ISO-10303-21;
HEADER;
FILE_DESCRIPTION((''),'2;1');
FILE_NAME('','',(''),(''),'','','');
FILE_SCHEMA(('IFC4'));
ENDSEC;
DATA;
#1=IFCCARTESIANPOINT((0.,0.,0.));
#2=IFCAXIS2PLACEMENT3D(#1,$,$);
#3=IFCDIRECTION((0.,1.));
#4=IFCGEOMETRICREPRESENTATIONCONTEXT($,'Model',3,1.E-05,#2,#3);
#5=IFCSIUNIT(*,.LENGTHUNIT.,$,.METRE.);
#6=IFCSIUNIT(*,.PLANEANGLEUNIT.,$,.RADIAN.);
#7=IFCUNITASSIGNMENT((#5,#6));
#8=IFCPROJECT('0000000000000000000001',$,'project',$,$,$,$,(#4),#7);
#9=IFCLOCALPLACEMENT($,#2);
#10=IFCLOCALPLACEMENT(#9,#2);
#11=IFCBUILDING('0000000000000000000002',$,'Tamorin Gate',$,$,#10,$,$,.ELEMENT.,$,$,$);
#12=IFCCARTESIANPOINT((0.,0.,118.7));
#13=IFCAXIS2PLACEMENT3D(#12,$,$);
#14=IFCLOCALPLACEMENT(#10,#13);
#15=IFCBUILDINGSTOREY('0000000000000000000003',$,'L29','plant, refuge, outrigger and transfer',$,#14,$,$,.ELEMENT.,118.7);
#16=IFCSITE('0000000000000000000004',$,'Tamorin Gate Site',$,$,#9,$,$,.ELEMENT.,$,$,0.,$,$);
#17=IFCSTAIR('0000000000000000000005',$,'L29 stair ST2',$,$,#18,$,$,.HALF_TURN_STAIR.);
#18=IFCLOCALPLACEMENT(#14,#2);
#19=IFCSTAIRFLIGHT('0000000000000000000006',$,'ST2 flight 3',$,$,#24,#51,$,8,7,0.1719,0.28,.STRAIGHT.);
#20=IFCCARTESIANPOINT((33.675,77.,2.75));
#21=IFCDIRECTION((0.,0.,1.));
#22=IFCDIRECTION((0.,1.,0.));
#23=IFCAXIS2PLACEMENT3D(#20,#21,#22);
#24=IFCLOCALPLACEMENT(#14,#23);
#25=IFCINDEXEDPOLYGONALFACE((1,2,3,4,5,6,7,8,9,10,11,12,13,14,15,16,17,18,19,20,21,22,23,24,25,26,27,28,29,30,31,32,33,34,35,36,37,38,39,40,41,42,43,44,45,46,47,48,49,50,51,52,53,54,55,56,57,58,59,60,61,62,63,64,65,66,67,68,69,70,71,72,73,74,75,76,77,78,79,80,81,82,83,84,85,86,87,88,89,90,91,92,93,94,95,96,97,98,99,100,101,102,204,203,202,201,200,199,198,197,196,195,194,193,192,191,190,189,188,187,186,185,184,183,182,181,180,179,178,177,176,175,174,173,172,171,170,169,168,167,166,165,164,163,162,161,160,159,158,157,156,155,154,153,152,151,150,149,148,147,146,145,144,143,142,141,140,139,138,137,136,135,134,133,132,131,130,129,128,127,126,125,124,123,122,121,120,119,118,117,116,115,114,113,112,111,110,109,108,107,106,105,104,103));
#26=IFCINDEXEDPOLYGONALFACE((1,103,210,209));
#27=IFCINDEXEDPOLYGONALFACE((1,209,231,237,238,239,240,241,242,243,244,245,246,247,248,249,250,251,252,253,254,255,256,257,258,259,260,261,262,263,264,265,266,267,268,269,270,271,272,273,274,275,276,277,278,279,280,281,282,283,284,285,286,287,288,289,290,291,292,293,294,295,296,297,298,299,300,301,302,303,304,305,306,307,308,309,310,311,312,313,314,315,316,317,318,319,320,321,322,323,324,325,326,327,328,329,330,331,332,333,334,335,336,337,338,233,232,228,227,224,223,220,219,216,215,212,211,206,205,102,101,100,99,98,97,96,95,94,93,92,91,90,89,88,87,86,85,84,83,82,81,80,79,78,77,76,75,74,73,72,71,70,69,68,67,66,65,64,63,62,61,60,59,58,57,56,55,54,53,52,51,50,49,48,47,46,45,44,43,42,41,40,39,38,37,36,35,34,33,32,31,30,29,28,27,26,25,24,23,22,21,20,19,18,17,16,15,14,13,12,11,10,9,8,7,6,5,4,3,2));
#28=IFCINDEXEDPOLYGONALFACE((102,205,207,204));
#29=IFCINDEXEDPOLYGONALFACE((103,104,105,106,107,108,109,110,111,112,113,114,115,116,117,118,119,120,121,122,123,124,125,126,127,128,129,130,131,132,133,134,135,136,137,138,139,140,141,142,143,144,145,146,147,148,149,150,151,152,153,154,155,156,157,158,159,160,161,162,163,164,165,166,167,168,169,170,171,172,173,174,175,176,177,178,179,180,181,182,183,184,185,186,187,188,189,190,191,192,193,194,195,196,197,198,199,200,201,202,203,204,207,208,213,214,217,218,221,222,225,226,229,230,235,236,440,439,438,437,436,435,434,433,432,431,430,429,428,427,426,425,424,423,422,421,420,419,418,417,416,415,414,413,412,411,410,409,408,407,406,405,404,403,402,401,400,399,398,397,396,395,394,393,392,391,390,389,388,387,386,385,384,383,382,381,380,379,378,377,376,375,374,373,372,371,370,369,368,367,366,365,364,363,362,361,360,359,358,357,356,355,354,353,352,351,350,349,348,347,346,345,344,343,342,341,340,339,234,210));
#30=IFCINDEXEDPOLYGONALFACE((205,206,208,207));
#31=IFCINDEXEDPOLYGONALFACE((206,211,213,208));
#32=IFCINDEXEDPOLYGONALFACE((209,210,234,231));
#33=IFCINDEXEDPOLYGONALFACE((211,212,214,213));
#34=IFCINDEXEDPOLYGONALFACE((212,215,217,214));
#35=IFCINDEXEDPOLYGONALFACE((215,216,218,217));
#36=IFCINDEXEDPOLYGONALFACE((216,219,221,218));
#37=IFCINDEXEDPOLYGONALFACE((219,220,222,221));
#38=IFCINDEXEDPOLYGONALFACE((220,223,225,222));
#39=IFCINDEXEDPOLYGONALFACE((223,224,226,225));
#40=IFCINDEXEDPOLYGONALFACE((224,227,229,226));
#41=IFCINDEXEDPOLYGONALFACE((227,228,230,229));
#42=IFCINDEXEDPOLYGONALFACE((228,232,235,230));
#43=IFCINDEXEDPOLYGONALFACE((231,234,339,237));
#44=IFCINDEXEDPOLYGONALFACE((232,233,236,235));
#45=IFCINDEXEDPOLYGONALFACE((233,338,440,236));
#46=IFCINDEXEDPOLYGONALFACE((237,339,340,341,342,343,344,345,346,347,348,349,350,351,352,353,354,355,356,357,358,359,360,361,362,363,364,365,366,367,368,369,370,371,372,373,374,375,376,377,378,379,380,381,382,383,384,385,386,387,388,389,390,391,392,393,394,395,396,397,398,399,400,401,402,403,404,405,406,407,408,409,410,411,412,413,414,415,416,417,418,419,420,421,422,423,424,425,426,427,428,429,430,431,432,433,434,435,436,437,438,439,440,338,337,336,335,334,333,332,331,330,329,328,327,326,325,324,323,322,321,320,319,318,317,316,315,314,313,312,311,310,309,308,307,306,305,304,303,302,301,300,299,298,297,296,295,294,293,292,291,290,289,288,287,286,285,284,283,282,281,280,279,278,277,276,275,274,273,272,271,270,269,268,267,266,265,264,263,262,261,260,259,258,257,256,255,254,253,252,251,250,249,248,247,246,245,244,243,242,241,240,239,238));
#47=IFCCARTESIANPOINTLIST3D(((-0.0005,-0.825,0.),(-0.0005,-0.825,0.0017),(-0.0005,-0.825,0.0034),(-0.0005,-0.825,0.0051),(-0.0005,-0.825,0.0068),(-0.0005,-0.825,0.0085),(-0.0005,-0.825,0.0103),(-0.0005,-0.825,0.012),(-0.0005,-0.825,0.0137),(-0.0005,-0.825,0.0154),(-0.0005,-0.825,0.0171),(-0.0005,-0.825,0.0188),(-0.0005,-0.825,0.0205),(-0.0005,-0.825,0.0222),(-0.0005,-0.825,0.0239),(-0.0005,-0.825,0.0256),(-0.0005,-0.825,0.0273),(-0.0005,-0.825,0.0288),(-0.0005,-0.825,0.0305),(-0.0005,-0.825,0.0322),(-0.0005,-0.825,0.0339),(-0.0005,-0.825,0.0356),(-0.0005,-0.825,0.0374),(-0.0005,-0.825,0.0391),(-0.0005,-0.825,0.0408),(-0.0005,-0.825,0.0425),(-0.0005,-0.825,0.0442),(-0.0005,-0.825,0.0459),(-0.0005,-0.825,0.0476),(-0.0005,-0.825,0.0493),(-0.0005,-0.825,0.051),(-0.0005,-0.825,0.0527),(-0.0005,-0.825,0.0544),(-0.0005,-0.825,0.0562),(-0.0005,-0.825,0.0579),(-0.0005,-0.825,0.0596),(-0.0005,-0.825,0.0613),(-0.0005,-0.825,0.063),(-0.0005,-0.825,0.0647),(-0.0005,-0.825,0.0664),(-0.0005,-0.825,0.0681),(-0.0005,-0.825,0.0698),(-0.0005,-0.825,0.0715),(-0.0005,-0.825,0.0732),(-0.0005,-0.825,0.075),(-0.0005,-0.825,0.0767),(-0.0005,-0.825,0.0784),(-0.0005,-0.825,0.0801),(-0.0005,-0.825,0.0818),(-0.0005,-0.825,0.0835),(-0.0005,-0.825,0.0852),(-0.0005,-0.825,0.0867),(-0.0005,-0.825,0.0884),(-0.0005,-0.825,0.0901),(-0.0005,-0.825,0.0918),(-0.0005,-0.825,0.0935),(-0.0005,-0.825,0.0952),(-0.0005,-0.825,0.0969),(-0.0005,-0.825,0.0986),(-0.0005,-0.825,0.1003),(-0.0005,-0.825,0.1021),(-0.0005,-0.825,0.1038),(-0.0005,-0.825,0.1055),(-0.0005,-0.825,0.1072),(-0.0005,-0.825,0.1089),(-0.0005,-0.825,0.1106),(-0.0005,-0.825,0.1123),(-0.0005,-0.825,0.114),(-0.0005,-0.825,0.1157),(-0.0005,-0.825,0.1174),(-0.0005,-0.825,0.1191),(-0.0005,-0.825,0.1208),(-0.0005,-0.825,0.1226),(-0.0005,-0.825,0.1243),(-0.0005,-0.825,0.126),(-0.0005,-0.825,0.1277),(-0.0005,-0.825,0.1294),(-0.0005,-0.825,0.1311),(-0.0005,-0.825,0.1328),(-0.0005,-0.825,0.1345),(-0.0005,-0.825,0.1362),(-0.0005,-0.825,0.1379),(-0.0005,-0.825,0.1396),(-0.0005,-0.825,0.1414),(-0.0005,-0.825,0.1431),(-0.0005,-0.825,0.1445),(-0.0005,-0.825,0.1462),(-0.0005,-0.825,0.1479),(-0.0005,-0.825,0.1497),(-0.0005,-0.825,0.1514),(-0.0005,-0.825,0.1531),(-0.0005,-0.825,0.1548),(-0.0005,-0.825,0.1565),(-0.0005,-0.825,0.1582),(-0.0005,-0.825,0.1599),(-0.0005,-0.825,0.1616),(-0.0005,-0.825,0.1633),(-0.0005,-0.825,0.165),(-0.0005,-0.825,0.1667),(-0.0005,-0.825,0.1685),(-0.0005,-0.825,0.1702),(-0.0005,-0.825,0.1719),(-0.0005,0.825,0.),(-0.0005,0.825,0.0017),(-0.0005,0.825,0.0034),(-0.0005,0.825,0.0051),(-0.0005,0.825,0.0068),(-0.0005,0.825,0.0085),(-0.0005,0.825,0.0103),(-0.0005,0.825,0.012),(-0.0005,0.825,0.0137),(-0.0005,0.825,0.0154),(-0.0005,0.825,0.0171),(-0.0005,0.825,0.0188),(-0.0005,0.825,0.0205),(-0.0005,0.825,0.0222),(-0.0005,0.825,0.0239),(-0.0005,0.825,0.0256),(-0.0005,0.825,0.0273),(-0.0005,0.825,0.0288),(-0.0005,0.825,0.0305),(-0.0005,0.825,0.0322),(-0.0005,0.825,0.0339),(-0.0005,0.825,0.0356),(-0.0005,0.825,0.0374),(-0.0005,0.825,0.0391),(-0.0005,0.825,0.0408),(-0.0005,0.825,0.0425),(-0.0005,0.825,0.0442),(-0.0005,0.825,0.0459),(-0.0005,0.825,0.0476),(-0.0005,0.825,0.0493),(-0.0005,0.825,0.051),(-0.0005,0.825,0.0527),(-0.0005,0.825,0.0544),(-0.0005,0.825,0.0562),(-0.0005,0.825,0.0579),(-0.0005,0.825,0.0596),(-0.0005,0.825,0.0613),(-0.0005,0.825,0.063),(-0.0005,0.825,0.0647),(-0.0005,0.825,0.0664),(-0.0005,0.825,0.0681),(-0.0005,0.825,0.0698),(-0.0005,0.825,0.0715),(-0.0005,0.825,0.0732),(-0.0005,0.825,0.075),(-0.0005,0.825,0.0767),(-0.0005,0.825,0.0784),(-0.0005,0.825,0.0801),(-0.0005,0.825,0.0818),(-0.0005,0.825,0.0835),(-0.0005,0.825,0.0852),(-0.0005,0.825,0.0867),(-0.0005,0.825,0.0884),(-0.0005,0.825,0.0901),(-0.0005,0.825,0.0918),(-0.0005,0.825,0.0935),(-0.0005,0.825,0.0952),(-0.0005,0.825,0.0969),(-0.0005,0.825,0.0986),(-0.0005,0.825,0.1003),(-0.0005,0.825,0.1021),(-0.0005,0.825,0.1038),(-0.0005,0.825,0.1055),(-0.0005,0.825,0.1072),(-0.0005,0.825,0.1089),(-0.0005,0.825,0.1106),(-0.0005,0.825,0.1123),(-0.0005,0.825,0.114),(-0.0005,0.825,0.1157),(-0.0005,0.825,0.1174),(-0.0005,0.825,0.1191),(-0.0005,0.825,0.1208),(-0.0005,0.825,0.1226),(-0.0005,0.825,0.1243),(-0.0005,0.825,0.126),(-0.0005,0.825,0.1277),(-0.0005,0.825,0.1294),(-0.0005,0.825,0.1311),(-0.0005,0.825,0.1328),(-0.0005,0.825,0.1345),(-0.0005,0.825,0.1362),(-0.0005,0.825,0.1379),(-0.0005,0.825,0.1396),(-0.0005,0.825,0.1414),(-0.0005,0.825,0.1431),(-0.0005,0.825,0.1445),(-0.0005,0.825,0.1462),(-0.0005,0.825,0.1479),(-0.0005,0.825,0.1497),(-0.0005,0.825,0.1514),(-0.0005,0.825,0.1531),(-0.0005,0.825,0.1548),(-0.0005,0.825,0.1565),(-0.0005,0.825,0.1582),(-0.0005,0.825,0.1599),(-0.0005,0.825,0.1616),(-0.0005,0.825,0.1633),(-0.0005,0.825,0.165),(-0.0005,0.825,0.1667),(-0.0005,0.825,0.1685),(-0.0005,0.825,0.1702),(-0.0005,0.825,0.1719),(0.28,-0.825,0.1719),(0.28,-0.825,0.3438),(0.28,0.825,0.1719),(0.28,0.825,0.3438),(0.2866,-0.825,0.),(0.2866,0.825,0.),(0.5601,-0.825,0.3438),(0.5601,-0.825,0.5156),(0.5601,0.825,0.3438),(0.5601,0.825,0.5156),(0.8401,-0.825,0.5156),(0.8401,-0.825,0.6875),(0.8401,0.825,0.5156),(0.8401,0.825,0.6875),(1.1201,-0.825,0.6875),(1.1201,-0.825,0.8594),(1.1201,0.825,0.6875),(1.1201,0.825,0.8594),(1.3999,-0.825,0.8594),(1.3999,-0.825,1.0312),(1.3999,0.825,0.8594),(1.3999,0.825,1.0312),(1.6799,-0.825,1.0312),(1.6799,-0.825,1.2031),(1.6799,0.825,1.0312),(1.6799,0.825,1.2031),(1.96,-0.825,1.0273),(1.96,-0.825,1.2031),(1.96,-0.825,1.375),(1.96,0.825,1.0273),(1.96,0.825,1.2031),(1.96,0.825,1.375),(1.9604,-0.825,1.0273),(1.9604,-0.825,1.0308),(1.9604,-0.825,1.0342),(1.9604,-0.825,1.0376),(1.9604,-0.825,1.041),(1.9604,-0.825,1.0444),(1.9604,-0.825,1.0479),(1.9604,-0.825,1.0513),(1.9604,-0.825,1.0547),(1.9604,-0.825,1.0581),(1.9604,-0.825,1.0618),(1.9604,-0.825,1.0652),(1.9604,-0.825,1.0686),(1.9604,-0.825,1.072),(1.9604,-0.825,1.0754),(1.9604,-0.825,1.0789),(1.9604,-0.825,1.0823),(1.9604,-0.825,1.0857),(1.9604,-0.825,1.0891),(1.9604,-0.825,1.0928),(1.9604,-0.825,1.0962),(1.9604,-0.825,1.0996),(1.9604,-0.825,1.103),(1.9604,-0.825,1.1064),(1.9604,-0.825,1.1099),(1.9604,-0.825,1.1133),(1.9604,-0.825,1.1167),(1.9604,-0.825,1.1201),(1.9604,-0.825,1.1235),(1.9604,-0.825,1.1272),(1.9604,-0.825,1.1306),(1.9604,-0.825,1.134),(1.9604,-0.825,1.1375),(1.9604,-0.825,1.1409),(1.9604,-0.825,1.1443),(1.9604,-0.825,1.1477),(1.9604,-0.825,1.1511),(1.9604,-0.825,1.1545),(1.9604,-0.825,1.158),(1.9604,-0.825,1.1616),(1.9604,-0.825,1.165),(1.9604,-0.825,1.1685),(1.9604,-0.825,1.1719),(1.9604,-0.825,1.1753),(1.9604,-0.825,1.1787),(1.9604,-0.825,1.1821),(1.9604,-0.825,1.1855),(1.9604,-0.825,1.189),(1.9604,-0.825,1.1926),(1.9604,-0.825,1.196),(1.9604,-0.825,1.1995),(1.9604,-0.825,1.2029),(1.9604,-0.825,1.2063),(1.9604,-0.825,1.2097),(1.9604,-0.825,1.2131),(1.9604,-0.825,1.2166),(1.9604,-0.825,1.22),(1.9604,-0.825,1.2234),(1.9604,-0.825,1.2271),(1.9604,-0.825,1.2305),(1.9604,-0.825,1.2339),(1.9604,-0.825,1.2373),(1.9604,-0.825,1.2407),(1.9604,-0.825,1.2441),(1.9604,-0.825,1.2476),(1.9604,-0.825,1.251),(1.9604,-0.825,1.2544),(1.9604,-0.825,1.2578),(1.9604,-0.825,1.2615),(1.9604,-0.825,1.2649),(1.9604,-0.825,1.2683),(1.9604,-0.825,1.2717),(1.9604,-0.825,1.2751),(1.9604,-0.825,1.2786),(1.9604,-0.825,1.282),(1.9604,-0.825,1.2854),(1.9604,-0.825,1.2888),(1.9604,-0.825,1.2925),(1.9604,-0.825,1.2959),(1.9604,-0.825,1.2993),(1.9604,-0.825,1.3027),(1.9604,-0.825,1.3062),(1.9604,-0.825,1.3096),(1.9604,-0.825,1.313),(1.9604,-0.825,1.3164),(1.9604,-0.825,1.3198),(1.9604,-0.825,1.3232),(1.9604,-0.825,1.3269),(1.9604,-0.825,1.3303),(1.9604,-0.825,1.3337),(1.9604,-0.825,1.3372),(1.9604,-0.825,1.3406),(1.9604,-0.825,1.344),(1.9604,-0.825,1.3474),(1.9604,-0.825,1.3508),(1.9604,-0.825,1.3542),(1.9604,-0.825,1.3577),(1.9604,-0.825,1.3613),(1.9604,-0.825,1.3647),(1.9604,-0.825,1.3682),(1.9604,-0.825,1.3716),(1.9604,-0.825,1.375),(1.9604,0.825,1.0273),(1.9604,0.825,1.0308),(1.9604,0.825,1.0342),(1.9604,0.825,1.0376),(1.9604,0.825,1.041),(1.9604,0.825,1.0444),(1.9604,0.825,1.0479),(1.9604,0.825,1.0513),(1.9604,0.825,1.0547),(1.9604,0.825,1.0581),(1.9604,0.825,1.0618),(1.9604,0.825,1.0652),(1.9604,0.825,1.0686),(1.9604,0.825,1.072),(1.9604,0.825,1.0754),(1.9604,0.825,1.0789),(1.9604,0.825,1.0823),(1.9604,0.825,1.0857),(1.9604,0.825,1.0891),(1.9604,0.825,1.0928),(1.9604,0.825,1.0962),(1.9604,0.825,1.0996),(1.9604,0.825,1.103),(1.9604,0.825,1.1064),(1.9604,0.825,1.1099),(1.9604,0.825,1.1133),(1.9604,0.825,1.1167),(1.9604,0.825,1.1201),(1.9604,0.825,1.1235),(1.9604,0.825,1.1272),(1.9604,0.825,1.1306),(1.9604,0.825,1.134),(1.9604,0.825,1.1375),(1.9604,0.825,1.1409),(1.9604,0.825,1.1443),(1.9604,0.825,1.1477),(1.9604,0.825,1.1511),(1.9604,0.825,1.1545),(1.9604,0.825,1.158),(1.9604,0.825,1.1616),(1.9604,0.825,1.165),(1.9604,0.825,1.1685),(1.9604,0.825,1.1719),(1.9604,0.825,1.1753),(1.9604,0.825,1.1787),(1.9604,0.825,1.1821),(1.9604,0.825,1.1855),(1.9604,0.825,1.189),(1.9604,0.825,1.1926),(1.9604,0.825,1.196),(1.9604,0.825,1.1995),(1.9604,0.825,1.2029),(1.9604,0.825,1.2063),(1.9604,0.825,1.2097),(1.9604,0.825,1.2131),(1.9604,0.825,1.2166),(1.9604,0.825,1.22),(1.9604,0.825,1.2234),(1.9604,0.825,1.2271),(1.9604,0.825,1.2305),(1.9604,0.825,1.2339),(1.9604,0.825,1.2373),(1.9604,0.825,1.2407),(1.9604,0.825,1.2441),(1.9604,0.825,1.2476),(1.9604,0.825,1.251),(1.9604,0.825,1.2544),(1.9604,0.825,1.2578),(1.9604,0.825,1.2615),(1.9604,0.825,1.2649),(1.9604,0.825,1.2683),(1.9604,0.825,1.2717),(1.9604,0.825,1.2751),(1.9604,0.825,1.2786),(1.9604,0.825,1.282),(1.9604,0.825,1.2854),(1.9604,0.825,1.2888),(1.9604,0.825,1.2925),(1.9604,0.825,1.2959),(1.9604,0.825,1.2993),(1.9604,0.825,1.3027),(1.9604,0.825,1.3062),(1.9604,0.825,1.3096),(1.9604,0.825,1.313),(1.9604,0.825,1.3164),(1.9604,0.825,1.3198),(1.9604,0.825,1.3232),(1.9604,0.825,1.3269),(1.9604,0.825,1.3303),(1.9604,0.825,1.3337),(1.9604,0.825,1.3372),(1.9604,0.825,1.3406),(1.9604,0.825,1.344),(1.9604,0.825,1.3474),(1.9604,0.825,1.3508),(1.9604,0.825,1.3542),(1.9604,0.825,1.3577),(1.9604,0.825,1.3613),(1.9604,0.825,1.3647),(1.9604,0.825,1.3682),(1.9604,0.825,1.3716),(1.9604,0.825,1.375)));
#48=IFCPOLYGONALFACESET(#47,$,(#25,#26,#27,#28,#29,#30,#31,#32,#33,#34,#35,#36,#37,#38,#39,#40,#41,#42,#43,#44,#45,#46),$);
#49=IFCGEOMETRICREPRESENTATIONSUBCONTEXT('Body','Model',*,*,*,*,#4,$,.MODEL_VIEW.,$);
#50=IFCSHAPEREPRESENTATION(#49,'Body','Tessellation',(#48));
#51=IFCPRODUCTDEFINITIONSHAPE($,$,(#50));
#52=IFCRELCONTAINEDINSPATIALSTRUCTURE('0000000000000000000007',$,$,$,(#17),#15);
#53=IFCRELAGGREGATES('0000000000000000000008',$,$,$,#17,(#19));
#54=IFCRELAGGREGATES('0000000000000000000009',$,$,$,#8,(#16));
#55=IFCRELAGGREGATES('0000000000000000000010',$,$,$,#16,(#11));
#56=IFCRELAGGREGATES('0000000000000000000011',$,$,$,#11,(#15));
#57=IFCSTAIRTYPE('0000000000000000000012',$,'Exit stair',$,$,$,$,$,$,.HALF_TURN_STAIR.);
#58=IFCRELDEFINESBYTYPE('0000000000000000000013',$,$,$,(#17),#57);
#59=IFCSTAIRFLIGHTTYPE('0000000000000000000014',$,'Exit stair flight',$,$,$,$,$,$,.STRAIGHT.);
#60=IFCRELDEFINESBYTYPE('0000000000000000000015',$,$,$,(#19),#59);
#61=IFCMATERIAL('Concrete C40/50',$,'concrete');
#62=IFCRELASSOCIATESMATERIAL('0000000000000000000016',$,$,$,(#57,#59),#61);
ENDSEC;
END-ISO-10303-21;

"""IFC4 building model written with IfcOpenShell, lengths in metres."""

from ifc_helpers import new_model, si_unit, direction, frame, origin, place, context, subcontext, project, spatial, polyline, outline, extrude, material, type_object, element, aggregate, save


model = new_model("IFC4")

# Units and contexts
model_context = context("Model", 3, precision=1e-05, world=origin(), true_north=direction((0.0, 1.0)))
body_context = subcontext(model_context, "Body", "Model", "MODEL_VIEW")
ifc_project = project(units=[si_unit("LENGTHUNIT", "METRE"), si_unit("PLANEANGLEUNIT", "RADIAN")], contexts=[model_context])

# Site, building, storey
site_placement = place(None, origin())
site = spatial("IfcSite", under=ifc_project, at=site_placement, Name="Tamorin Gate Site", CompositionType="ELEMENT", RefElevation=0.0)
building_placement = place(site_placement, origin())
building = spatial("IfcBuilding", under=site, at=building_placement, Name="Tamorin Gate", CompositionType="ELEMENT")
storey_placement = place(building_placement, frame((0.0, 0.0, 118.7)))
storey = spatial("IfcBuildingStorey", under=building, at=storey_placement, Name="L29", Description="plant, refuge, outrigger and transfer", CompositionType="ELEMENT", Elevation=118.7)

# Shared definitions
ifc_material_1 = material(Name="Concrete C40/50", Category="concrete")

# Stair, stair flight
stair_type = type_object("IfcStairType", Name="Exit stair", PredefinedType="HALF_TURN_STAIR", material=ifc_material_1)
stair_placement = place(storey_placement, origin())
stair = element("IfcStair", 1, at=stair_placement, inside=storey, type_object=stair_type, Name="L29 stair ST2", PredefinedType="HALF_TURN_STAIR")
stair_flight_type = type_object("IfcStairFlightType", Name="Exit stair flight", PredefinedType="STRAIGHT", material=ifc_material_1)
stair_flight_1_placement = place(storey_placement, frame((33.675, 77.0, 2.75), z_axis=(0.0, 0.0, 1.0), x_axis=(0.0, 1.0, 0.0)))
stair_flight_1 = element("IfcStairFlight", 2, at=stair_flight_1_placement, type_object=stair_flight_type, Name="ST2 flight 3", NumberOfRisers=8, NumberOfTreads=7, PredefinedType="STRAIGHT", RiserHeight=0.1719, TreadLength=0.28, context=body_context, shape_type="SweptSolid", body=[
    extrude(outline(polyline([(-0.0005, 0.0), (-0.0005, 0.0017), (-0.0005, 0.0034), (-0.0005, 0.0051), (-0.0005, 0.0068), (-0.0005, 0.0085), (-0.0005, 0.0103), (-0.0005, 0.012), (-0.0005, 0.0137), (-0.0005, 0.0154), (-0.0005, 0.0171), (-0.0005, 0.0188), (-0.0005, 0.0205), (-0.0005, 0.0222), (-0.0005, 0.0239), (-0.0005, 0.0256), (-0.0005, 0.0273), (-0.0005, 0.0288), (-0.0005, 0.0305), (-0.0005, 0.0322), (-0.0005, 0.0339), (-0.0005, 0.0356), (-0.0005, 0.0374), (-0.0005, 0.0391), (-0.0005, 0.0408), (-0.0005, 0.0425), (-0.0005, 0.0442), (-0.0005, 0.0459), (-0.0005, 0.0476), (-0.0005, 0.0493), (-0.0005, 0.051), (-0.0005, 0.0527), (-0.0005, 0.0544), (-0.0005, 0.0562), (-0.0005, 0.0579), (-0.0005, 0.0596), (-0.0005, 0.0613), (-0.0005, 0.063), (-0.0005, 0.0647), (-0.0005, 0.0664), (-0.0005, 0.0681), (-0.0005, 0.0698), (-0.0005, 0.0715), (-0.0005, 0.0732), (-0.0005, 0.075), (-0.0005, 0.0767), (-0.0005, 0.0784), (-0.0005, 0.0801), (-0.0005, 0.0818), (-0.0005, 0.0835), (-0.0005, 0.0852), (-0.0005, 0.0867), (-0.0005, 0.0884), (-0.0005, 0.0901), (-0.0005, 0.0918), (-0.0005, 0.0935), (-0.0005, 0.0952), (-0.0005, 0.0969), (-0.0005, 0.0986), (-0.0005, 0.1003), (-0.0005, 0.1021), (-0.0005, 0.1038), (-0.0005, 0.1055), (-0.0005, 0.1072), (-0.0005, 0.1089), (-0.0005, 0.1106), (-0.0005, 0.1123), (-0.0005, 0.114), (-0.0005, 0.1157), (-0.0005, 0.1174), (-0.0005, 0.1191), (-0.0005, 0.1208), (-0.0005, 0.1226), (-0.0005, 0.1243), (-0.0005, 0.126), (-0.0005, 0.1277), (-0.0005, 0.1294), (-0.0005, 0.1311), (-0.0005, 0.1328), (-0.0005, 0.1345), (-0.0005, 0.1362), (-0.0005, 0.1379), (-0.0005, 0.1396), (-0.0005, 0.1414), (-0.0005, 0.1431), (-0.0005, 0.1445), (-0.0005, 0.1462), (-0.0005, 0.1479), (-0.0005, 0.1497), (-0.0005, 0.1514), (-0.0005, 0.1531), (-0.0005, 0.1548), (-0.0005, 0.1565), (-0.0005, 0.1582), (-0.0005, 0.1599), (-0.0005, 0.1616), (-0.0005, 0.1633), (-0.0005, 0.165), (-0.0005, 0.1667), (-0.0005, 0.1685), (-0.0005, 0.1702), (-0.0005, 0.1719), (0.28, 0.1719), (0.28, 0.3438), (0.5601, 0.3438), (0.5601, 0.5156), (0.8401, 0.5156), (0.8401, 0.6875), (1.1201, 0.6875), (1.1201, 0.8594), (1.3999, 0.8594), (1.3999, 1.0312), (1.6799, 1.0312), (1.6799, 1.2031), (1.96, 1.2031), (1.96, 1.375), (1.9604, 1.375), (1.9604, 1.3716), (1.9604, 1.3682), (1.9604, 1.3647), (1.9604, 1.3613), (1.9604, 1.3577), (1.9604, 1.3542), (1.9604, 1.3508), (1.9604, 1.3474), (1.9604, 1.344), (1.9604, 1.3406), (1.9604, 1.3372), (1.9604, 1.3337), (1.9604, 1.3303), (1.9604, 1.3269), (1.9604, 1.3232), (1.9604, 1.3198), (1.9604, 1.3164), (1.9604, 1.313), (1.9604, 1.3096), (1.9604, 1.3062), (1.9604, 1.3027), (1.9604, 1.2993), (1.9604, 1.2959), (1.9604, 1.2925), (1.9604, 1.2888), (1.9604, 1.2854), (1.9604, 1.282), (1.9604, 1.2786), (1.9604, 1.2751), (1.9604, 1.2717), (1.9604, 1.2683), (1.9604, 1.2649), (1.9604, 1.2615), (1.9604, 1.2578), (1.9604, 1.2544), (1.9604, 1.251), (1.9604, 1.2476), (1.9604, 1.2441), (1.9604, 1.2407), (1.9604, 1.2373), (1.9604, 1.2339), (1.9604, 1.2305), (1.9604, 1.2271), (1.9604, 1.2234), (1.9604, 1.22), (1.9604, 1.2166), (1.9604, 1.2131), (1.9604, 1.2097), (1.9604, 1.2063), (1.9604, 1.2029), (1.9604, 1.1995), (1.9604, 1.196), (1.9604, 1.1926), (1.9604, 1.189), (1.9604, 1.1855), (1.9604, 1.1821), (1.9604, 1.1787), (1.9604, 1.1753), (1.9604, 1.1719), (1.9604, 1.1685), (1.9604, 1.165), (1.9604, 1.1616), (1.9604, 1.158), (1.9604, 1.1545), (1.9604, 1.1511), (1.9604, 1.1477), (1.9604, 1.1443), (1.9604, 1.1409), (1.9604, 1.1375), (1.9604, 1.134), (1.9604, 1.1306), (1.9604, 1.1272), (1.9604, 1.1235), (1.9604, 1.1201), (1.9604, 1.1167), (1.9604, 1.1133), (1.9604, 1.1099), (1.9604, 1.1064), (1.9604, 1.103), (1.9604, 1.0996), (1.9604, 1.0962), (1.9604, 1.0928), (1.9604, 1.0891), (1.9604, 1.0857), (1.9604, 1.0823), (1.9604, 1.0789), (1.9604, 1.0754), (1.9604, 1.072), (1.9604, 1.0686), (1.9604, 1.0652), (1.9604, 1.0618), (1.9604, 1.0581), (1.9604, 1.0547), (1.9604, 1.0513), (1.9604, 1.0479), (1.9604, 1.0444), (1.9604, 1.041), (1.9604, 1.0376), (1.9604, 1.0342), (1.9604, 1.0308), (1.9604, 1.0273), (1.96, 1.0273), (0.2866, 0.0), (-0.0005, 0.0)])), frame((0.0, 0.825, 0.0), z_axis=(0.0, -1.0, 0.0), x_axis=(1.0, 0.0, 0.0)), (0.0, 0.0, 1.0), 1.6499),
])
aggregate(stair, [stair_flight_1])

save(model, "model.ifc")
